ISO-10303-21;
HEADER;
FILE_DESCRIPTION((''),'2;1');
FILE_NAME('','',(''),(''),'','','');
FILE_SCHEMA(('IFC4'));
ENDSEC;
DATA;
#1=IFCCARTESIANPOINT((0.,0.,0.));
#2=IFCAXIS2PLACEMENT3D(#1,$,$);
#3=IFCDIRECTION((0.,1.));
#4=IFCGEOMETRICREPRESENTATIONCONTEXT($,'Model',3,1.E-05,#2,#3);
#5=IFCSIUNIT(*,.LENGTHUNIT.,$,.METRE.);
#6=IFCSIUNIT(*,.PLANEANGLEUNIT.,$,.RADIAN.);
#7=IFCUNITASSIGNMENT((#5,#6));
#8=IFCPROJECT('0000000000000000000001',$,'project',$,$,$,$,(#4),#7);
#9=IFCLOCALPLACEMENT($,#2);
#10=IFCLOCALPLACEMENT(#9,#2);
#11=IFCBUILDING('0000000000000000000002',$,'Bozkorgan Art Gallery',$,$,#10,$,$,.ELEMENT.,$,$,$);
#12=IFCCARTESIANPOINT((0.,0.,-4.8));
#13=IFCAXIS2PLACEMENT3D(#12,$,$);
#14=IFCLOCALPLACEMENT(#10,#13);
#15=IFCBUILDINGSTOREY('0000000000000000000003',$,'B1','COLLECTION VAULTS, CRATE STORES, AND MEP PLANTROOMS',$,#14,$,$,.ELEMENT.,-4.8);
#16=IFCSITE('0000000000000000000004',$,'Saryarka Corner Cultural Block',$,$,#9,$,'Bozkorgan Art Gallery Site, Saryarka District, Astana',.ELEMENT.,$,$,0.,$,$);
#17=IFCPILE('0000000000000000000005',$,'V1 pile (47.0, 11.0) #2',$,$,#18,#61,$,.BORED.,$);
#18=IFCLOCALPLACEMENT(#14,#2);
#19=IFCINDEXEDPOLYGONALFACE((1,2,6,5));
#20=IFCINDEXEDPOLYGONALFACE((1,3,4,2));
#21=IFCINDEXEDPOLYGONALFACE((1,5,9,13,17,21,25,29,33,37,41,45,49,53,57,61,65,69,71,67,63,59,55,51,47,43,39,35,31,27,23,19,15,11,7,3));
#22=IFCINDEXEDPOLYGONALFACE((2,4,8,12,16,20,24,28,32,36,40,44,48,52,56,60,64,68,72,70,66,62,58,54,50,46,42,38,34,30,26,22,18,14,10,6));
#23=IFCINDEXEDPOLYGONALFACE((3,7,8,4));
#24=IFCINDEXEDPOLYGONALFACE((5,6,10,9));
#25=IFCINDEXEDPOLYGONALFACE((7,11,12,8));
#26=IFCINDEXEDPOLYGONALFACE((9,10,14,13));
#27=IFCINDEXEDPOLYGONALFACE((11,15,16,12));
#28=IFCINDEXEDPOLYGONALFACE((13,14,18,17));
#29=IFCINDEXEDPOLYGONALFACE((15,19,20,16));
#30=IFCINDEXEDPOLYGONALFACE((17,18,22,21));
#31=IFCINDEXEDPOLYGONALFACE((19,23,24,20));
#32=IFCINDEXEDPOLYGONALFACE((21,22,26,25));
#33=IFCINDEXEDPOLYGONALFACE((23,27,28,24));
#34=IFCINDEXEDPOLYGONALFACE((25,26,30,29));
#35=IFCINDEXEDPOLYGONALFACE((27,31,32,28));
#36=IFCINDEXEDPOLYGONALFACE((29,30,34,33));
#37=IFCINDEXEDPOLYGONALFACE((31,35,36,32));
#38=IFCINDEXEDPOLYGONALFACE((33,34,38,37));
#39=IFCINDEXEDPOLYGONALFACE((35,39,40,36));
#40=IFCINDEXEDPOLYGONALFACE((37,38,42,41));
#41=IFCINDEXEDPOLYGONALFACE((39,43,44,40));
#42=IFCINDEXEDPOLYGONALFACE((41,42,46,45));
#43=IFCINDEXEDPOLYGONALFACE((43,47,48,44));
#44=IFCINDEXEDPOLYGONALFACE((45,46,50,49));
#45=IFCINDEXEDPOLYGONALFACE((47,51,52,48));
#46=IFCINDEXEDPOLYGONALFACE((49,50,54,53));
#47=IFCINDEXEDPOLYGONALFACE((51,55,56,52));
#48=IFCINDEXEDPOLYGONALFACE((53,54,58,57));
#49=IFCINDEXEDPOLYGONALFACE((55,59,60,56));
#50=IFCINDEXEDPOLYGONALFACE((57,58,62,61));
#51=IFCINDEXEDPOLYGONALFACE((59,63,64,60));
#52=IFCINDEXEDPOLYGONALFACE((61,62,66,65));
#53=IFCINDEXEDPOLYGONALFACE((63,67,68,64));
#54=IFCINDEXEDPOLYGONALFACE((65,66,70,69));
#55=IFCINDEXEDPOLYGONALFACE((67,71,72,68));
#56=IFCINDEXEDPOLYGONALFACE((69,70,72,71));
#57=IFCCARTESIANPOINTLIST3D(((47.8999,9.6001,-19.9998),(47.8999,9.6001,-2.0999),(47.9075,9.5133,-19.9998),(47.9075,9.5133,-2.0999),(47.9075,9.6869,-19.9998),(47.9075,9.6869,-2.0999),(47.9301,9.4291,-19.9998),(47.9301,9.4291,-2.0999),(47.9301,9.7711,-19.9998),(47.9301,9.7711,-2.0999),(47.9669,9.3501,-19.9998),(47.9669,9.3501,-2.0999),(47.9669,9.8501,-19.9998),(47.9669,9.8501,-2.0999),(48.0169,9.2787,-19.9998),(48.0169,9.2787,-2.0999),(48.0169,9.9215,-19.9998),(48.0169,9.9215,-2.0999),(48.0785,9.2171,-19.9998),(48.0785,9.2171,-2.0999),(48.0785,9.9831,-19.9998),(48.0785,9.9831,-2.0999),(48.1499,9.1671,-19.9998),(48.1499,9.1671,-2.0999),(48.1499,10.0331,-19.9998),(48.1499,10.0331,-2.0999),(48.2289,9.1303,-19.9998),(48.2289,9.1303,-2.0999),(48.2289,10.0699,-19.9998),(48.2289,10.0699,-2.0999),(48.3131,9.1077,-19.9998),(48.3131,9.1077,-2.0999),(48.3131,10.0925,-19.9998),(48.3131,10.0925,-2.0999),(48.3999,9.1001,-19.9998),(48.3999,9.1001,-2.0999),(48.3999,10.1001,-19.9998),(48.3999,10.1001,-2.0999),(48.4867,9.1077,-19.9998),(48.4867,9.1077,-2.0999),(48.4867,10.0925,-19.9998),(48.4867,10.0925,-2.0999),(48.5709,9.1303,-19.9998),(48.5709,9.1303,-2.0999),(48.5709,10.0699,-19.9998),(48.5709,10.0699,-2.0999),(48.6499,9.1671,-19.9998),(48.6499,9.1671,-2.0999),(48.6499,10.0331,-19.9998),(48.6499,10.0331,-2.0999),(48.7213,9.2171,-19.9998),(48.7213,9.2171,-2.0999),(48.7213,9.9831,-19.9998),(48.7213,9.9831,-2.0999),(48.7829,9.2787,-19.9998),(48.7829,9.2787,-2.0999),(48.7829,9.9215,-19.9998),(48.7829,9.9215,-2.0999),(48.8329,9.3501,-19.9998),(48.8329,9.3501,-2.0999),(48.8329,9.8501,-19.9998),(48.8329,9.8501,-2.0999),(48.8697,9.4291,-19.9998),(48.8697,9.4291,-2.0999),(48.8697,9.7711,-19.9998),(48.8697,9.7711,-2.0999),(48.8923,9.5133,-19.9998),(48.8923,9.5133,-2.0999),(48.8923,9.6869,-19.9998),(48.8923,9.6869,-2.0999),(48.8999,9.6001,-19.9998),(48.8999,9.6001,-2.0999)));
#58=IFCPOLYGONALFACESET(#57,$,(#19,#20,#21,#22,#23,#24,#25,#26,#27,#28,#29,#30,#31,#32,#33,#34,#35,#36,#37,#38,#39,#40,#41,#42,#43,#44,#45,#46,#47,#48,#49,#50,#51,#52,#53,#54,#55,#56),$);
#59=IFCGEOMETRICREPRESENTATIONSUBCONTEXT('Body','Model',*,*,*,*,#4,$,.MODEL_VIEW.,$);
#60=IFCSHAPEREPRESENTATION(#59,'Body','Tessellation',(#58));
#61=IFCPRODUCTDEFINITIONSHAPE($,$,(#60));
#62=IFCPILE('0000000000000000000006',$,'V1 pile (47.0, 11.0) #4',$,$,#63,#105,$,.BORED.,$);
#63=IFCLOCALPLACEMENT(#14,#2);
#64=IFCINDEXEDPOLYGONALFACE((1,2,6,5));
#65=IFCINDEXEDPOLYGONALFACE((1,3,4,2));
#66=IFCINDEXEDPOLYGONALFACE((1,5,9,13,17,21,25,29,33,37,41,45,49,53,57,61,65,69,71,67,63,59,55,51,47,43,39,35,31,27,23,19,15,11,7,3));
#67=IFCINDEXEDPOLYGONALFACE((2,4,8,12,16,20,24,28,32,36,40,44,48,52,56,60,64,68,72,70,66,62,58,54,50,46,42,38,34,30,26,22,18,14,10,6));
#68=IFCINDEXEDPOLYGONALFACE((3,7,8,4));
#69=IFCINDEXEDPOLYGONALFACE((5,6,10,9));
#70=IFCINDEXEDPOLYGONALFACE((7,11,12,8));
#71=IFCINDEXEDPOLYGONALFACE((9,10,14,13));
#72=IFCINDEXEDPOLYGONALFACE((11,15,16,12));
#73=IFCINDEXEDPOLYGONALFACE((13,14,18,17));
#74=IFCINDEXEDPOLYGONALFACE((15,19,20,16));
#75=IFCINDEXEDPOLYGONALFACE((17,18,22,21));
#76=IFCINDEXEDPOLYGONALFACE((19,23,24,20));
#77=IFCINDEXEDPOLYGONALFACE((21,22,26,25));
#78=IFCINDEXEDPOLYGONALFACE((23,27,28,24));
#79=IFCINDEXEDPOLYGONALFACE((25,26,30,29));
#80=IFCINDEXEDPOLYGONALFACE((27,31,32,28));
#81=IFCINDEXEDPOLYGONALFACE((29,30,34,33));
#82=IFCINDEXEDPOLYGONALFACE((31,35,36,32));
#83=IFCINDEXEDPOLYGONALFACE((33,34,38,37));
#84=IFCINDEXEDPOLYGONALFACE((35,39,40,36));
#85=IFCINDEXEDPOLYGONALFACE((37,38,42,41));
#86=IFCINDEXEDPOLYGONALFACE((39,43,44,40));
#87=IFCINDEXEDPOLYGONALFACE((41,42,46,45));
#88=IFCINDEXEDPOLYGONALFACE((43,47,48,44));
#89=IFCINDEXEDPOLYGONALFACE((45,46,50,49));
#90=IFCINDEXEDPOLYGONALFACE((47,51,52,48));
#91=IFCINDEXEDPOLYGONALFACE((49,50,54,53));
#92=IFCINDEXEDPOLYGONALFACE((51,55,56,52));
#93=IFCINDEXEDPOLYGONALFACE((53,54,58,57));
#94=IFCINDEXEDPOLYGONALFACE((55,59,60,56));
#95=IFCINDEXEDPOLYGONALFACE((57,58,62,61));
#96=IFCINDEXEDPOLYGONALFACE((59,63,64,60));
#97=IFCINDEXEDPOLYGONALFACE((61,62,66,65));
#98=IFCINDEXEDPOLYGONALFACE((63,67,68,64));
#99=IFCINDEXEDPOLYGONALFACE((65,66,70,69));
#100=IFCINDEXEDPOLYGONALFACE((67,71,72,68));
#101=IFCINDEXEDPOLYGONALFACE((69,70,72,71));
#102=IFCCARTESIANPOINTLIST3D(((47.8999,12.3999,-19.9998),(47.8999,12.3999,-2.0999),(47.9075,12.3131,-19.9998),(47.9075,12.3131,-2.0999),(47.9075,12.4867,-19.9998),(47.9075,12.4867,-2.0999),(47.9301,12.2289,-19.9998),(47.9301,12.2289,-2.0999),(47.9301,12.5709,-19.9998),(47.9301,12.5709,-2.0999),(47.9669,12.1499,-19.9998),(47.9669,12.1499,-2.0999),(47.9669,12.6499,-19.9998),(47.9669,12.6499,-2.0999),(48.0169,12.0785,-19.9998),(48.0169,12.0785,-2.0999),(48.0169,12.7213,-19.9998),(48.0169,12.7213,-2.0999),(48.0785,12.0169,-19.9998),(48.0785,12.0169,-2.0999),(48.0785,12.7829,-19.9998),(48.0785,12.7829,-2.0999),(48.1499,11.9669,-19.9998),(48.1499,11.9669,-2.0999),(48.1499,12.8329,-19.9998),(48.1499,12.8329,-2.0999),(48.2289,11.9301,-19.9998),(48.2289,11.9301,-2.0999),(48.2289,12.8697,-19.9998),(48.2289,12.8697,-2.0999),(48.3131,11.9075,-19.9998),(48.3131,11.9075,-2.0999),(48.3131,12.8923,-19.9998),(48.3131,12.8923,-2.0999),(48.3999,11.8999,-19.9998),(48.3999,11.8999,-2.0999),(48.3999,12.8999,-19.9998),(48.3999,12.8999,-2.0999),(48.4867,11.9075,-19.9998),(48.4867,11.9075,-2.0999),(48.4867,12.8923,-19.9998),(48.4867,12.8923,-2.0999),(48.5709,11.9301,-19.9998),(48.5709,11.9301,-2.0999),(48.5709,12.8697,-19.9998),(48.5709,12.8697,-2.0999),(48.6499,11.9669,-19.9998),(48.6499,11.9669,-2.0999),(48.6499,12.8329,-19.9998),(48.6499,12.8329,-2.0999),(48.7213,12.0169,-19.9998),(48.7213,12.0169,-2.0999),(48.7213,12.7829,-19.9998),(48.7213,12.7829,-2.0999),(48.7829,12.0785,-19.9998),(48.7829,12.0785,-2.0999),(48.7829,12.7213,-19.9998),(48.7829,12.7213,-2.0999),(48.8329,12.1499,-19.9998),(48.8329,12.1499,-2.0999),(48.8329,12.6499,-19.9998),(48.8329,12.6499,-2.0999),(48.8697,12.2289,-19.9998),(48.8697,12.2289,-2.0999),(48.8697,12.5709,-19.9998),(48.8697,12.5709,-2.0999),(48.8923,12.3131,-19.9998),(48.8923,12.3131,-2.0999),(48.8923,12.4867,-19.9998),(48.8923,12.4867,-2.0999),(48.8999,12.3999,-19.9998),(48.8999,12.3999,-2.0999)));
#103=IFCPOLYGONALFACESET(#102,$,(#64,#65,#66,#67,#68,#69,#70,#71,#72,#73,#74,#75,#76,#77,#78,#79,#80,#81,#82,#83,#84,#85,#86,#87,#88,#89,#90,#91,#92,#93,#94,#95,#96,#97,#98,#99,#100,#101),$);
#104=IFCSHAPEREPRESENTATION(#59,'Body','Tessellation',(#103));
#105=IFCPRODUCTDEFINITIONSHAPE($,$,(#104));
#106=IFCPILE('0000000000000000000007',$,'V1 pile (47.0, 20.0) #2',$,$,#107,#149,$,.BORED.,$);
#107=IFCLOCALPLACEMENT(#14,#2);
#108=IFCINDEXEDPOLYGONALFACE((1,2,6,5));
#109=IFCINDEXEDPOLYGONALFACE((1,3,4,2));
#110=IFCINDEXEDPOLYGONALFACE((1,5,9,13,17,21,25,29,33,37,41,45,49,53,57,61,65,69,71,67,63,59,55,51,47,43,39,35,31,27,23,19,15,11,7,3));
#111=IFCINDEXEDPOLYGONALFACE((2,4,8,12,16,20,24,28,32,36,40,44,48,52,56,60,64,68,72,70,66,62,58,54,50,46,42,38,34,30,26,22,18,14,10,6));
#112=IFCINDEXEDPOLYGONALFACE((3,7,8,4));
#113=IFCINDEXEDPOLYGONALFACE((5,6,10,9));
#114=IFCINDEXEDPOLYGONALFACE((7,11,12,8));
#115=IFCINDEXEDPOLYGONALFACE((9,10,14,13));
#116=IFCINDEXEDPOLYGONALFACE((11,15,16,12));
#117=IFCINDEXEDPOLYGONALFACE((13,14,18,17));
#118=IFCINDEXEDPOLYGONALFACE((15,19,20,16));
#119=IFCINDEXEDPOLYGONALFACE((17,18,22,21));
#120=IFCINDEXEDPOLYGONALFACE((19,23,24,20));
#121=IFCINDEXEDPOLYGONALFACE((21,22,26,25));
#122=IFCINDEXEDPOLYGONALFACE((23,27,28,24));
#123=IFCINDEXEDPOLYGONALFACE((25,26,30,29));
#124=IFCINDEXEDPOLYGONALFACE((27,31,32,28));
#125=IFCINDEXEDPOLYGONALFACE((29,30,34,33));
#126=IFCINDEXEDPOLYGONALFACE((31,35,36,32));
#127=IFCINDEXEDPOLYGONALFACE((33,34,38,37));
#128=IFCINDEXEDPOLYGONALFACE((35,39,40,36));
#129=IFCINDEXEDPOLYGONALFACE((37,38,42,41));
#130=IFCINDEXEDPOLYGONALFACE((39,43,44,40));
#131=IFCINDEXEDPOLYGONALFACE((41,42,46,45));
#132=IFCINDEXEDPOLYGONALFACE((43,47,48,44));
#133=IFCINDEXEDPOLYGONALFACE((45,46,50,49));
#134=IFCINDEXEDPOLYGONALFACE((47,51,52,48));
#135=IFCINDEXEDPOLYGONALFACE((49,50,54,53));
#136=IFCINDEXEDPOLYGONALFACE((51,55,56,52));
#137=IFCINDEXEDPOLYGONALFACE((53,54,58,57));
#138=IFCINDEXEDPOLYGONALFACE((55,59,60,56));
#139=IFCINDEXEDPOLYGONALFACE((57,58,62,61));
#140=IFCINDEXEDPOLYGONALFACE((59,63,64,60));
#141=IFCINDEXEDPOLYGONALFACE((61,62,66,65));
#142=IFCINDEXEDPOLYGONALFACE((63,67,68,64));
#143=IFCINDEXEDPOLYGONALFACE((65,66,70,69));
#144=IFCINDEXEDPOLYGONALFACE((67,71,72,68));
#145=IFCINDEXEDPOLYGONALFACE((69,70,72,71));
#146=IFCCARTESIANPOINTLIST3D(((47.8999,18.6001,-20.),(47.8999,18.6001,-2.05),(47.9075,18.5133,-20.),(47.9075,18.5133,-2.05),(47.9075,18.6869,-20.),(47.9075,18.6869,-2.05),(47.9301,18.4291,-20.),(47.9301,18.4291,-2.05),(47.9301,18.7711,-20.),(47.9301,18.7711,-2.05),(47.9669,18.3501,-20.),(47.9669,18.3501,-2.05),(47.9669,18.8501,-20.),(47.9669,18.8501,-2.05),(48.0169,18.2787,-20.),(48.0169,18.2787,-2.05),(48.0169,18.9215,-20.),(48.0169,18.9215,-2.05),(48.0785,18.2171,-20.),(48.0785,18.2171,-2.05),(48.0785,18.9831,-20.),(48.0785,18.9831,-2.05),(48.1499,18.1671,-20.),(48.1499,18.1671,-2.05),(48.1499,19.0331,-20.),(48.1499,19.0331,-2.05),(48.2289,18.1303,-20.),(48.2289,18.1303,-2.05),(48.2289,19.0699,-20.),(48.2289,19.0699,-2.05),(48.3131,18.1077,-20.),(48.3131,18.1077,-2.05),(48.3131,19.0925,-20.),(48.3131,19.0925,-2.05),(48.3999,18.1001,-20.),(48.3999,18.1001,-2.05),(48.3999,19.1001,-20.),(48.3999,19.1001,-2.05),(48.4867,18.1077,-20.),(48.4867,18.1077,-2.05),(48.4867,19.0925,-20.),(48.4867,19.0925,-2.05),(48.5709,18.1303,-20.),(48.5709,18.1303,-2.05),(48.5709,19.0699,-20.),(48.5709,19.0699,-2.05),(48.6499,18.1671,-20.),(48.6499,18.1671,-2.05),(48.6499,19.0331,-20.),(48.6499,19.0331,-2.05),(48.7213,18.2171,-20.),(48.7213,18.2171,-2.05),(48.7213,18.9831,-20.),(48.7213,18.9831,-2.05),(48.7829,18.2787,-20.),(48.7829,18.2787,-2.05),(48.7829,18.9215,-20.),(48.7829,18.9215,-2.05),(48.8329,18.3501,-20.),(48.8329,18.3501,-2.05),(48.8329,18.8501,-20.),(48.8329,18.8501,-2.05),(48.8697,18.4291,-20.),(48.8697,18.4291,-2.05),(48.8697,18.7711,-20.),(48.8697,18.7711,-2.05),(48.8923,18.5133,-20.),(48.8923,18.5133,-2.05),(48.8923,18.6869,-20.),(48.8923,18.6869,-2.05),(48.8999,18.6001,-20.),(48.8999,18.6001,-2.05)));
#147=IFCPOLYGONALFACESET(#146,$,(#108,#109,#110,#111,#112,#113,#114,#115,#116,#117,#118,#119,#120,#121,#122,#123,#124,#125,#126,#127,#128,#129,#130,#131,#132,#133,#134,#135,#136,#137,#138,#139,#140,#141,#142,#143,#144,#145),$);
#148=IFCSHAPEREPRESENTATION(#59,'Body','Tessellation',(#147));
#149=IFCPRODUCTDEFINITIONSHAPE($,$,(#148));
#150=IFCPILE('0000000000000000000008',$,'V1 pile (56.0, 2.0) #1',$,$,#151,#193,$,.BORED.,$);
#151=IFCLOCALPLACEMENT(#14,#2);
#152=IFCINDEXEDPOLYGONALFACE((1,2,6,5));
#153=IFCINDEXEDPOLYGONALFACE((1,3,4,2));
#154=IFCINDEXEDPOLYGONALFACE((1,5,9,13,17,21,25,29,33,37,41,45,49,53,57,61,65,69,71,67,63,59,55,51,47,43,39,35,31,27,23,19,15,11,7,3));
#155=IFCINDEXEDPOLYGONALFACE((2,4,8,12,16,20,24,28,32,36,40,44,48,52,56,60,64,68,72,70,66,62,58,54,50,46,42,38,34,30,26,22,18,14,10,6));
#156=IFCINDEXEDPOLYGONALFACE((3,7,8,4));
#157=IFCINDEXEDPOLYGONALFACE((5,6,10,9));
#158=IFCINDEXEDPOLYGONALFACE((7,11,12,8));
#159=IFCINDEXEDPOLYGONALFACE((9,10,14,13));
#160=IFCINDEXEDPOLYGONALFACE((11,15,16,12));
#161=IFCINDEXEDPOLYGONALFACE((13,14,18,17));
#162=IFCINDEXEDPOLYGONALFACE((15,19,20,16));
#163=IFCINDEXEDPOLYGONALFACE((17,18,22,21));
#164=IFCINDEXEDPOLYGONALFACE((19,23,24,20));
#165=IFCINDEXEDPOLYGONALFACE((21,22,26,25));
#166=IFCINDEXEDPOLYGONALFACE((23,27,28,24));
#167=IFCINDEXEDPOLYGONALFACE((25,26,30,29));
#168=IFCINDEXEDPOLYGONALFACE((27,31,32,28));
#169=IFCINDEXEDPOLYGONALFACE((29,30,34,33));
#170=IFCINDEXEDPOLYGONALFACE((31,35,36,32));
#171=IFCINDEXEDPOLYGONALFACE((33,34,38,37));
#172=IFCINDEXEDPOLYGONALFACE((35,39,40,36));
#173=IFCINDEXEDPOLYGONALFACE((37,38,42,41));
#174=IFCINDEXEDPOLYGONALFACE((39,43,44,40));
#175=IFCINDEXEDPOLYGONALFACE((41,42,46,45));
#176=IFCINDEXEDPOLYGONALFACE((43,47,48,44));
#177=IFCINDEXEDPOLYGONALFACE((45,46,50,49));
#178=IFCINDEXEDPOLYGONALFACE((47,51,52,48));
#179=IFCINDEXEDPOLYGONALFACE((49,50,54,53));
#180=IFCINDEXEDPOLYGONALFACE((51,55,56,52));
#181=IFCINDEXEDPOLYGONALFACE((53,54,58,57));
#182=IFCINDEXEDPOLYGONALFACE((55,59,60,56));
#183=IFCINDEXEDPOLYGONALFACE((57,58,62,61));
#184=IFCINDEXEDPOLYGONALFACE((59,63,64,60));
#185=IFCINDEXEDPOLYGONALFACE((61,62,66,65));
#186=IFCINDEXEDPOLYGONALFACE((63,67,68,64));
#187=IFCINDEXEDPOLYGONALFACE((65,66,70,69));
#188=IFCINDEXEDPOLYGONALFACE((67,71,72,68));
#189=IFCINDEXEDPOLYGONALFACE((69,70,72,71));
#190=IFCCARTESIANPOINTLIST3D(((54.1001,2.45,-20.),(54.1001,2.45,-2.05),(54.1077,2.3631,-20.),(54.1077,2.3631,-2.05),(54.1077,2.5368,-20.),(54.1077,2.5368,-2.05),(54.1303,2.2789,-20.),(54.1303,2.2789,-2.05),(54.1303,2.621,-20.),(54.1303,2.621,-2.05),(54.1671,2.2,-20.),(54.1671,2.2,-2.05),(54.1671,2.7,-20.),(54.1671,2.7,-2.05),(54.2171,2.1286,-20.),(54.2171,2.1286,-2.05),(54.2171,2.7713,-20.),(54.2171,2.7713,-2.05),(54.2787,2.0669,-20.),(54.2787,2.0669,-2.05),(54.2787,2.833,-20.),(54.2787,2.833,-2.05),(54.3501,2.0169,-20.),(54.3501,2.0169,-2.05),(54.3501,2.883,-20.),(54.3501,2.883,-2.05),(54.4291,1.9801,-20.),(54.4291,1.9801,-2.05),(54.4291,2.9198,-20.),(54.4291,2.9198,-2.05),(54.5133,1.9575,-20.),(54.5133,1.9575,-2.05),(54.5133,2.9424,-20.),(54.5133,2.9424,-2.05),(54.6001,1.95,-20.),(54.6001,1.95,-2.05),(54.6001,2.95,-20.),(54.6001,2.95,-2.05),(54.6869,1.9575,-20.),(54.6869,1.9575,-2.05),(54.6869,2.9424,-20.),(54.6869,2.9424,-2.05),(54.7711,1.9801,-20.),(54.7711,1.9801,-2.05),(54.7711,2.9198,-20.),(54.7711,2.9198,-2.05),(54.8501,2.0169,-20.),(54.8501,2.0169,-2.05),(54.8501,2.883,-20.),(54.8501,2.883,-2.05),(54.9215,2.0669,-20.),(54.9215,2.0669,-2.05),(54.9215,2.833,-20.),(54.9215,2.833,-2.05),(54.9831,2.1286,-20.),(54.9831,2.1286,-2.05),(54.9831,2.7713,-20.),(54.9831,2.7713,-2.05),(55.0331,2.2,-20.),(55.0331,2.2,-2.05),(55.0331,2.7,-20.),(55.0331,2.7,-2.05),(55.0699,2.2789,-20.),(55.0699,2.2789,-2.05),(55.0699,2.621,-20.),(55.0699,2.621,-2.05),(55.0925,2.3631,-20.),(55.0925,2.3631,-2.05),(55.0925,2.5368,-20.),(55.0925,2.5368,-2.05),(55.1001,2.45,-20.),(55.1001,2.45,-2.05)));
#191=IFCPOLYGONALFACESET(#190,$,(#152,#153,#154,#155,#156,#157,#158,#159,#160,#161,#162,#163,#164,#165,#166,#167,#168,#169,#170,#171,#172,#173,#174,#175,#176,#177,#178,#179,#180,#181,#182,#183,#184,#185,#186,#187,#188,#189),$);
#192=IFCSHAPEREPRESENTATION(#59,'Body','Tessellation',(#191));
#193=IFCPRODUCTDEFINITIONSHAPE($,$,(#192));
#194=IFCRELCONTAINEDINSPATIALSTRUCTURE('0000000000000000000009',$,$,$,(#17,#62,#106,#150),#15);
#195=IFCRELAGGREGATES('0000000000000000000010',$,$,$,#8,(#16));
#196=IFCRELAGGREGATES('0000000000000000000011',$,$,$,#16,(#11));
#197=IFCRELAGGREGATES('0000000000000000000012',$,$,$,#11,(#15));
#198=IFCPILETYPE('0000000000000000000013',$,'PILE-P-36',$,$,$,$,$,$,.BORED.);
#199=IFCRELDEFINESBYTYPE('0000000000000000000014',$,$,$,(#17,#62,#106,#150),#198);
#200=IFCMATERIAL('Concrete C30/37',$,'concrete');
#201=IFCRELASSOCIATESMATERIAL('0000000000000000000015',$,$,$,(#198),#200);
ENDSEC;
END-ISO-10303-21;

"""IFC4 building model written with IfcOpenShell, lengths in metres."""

from ifc_helpers import new_model, si_unit, direction, frame, origin, origin_2d, place, context, subcontext, project, spatial, circle, extrude, material, material_profile, profile_set, type_object, element, save


model = new_model("IFC4")

# Units and contexts
model_context = context("Model", 3, precision=1e-05, world=origin(), true_north=direction((0.0, 1.0)))
body_context = subcontext(model_context, "Body", "Model", "MODEL_VIEW")
ifc_project = project(units=[si_unit("LENGTHUNIT", "METRE"), si_unit("PLANEANGLEUNIT", "RADIAN")], contexts=[model_context])

# Site, building, storey
site_placement = place(None, origin())
site = spatial("IfcSite", under=ifc_project, at=site_placement, Name="Saryarka Corner Cultural Block", LongName="Bozkorgan Art Gallery Site, Saryarka District, Astana", CompositionType="ELEMENT", RefElevation=0.0)
building_placement = place(site_placement, origin())
building = spatial("IfcBuilding", under=site, at=building_placement, Name="Bozkorgan Art Gallery", CompositionType="ELEMENT")
storey_placement = place(building_placement, frame((0.0, 0.0, -4.8)))
storey = spatial("IfcBuildingStorey", under=building, at=storey_placement, Name="B1", Description="COLLECTION VAULTS, CRATE STORES, AND MEP PLANTROOMS", CompositionType="ELEMENT", Elevation=-4.8)

# Shared definitions
ifc_material_1 = material(Name="Concrete C30/37", Category="concrete")

# Piles
ifc_material_profile_1 = material_profile(ifc_material_1, circle(Radius=0.5, at=origin_2d()), Name="PILE D1000")
ifc_profile_set_1 = profile_set([ifc_material_profile_1], Name="Concrete C30/37")
pile_type = type_object("IfcPileType", Name="PILE-P-36", PredefinedType="BORED", material=ifc_profile_set_1)
for number, where, z_axis, x_axis, name in (
    (1, (48.3999, 9.6001, -2.0999), (0.0, 0.0, -1.0), (1.0, 0.0, 0.0), "V1 pile (47.0, 11.0) #2"),
    (2, (48.3999, 12.3999, -2.0999), (0.0, 0.0, -1.0), (1.0, 0.0, 0.0), "V1 pile (47.0, 11.0) #4"),
):
    element("IfcPile", number, at=place(storey_placement, frame(where, z_axis=z_axis, x_axis=x_axis)), inside=storey, type_object=pile_type, Name=name, PredefinedType="BORED", context=body_context, shape_type="SweptSolid", body=[
        extrude(circle(Radius=0.5, at=origin_2d()), origin(), (0.0, 0.0, 1.0), 17.8999),
    ])
for number, where, z_axis, x_axis, name in (
    (3, (48.3999, 18.6001, -2.05), (0.0, 0.0, -1.0), (1.0, 0.0, 0.0), "V1 pile (47.0, 20.0) #2"),
    (4, (54.6001, 2.45, -2.05), (0.0, 0.0, -1.0), (1.0, 0.0, 0.0), "V1 pile (56.0, 2.0) #1"),
):
    element("IfcPile", number, at=place(storey_placement, frame(where, z_axis=z_axis, x_axis=x_axis)), inside=storey, type_object=pile_type, Name=name, PredefinedType="BORED", context=body_context, shape_type="SweptSolid", body=[
        extrude(circle(Radius=0.5, at=origin_2d()), origin(), (0.0, 0.0, 1.0), 17.95),
    ])

save(model, "model.ifc")
